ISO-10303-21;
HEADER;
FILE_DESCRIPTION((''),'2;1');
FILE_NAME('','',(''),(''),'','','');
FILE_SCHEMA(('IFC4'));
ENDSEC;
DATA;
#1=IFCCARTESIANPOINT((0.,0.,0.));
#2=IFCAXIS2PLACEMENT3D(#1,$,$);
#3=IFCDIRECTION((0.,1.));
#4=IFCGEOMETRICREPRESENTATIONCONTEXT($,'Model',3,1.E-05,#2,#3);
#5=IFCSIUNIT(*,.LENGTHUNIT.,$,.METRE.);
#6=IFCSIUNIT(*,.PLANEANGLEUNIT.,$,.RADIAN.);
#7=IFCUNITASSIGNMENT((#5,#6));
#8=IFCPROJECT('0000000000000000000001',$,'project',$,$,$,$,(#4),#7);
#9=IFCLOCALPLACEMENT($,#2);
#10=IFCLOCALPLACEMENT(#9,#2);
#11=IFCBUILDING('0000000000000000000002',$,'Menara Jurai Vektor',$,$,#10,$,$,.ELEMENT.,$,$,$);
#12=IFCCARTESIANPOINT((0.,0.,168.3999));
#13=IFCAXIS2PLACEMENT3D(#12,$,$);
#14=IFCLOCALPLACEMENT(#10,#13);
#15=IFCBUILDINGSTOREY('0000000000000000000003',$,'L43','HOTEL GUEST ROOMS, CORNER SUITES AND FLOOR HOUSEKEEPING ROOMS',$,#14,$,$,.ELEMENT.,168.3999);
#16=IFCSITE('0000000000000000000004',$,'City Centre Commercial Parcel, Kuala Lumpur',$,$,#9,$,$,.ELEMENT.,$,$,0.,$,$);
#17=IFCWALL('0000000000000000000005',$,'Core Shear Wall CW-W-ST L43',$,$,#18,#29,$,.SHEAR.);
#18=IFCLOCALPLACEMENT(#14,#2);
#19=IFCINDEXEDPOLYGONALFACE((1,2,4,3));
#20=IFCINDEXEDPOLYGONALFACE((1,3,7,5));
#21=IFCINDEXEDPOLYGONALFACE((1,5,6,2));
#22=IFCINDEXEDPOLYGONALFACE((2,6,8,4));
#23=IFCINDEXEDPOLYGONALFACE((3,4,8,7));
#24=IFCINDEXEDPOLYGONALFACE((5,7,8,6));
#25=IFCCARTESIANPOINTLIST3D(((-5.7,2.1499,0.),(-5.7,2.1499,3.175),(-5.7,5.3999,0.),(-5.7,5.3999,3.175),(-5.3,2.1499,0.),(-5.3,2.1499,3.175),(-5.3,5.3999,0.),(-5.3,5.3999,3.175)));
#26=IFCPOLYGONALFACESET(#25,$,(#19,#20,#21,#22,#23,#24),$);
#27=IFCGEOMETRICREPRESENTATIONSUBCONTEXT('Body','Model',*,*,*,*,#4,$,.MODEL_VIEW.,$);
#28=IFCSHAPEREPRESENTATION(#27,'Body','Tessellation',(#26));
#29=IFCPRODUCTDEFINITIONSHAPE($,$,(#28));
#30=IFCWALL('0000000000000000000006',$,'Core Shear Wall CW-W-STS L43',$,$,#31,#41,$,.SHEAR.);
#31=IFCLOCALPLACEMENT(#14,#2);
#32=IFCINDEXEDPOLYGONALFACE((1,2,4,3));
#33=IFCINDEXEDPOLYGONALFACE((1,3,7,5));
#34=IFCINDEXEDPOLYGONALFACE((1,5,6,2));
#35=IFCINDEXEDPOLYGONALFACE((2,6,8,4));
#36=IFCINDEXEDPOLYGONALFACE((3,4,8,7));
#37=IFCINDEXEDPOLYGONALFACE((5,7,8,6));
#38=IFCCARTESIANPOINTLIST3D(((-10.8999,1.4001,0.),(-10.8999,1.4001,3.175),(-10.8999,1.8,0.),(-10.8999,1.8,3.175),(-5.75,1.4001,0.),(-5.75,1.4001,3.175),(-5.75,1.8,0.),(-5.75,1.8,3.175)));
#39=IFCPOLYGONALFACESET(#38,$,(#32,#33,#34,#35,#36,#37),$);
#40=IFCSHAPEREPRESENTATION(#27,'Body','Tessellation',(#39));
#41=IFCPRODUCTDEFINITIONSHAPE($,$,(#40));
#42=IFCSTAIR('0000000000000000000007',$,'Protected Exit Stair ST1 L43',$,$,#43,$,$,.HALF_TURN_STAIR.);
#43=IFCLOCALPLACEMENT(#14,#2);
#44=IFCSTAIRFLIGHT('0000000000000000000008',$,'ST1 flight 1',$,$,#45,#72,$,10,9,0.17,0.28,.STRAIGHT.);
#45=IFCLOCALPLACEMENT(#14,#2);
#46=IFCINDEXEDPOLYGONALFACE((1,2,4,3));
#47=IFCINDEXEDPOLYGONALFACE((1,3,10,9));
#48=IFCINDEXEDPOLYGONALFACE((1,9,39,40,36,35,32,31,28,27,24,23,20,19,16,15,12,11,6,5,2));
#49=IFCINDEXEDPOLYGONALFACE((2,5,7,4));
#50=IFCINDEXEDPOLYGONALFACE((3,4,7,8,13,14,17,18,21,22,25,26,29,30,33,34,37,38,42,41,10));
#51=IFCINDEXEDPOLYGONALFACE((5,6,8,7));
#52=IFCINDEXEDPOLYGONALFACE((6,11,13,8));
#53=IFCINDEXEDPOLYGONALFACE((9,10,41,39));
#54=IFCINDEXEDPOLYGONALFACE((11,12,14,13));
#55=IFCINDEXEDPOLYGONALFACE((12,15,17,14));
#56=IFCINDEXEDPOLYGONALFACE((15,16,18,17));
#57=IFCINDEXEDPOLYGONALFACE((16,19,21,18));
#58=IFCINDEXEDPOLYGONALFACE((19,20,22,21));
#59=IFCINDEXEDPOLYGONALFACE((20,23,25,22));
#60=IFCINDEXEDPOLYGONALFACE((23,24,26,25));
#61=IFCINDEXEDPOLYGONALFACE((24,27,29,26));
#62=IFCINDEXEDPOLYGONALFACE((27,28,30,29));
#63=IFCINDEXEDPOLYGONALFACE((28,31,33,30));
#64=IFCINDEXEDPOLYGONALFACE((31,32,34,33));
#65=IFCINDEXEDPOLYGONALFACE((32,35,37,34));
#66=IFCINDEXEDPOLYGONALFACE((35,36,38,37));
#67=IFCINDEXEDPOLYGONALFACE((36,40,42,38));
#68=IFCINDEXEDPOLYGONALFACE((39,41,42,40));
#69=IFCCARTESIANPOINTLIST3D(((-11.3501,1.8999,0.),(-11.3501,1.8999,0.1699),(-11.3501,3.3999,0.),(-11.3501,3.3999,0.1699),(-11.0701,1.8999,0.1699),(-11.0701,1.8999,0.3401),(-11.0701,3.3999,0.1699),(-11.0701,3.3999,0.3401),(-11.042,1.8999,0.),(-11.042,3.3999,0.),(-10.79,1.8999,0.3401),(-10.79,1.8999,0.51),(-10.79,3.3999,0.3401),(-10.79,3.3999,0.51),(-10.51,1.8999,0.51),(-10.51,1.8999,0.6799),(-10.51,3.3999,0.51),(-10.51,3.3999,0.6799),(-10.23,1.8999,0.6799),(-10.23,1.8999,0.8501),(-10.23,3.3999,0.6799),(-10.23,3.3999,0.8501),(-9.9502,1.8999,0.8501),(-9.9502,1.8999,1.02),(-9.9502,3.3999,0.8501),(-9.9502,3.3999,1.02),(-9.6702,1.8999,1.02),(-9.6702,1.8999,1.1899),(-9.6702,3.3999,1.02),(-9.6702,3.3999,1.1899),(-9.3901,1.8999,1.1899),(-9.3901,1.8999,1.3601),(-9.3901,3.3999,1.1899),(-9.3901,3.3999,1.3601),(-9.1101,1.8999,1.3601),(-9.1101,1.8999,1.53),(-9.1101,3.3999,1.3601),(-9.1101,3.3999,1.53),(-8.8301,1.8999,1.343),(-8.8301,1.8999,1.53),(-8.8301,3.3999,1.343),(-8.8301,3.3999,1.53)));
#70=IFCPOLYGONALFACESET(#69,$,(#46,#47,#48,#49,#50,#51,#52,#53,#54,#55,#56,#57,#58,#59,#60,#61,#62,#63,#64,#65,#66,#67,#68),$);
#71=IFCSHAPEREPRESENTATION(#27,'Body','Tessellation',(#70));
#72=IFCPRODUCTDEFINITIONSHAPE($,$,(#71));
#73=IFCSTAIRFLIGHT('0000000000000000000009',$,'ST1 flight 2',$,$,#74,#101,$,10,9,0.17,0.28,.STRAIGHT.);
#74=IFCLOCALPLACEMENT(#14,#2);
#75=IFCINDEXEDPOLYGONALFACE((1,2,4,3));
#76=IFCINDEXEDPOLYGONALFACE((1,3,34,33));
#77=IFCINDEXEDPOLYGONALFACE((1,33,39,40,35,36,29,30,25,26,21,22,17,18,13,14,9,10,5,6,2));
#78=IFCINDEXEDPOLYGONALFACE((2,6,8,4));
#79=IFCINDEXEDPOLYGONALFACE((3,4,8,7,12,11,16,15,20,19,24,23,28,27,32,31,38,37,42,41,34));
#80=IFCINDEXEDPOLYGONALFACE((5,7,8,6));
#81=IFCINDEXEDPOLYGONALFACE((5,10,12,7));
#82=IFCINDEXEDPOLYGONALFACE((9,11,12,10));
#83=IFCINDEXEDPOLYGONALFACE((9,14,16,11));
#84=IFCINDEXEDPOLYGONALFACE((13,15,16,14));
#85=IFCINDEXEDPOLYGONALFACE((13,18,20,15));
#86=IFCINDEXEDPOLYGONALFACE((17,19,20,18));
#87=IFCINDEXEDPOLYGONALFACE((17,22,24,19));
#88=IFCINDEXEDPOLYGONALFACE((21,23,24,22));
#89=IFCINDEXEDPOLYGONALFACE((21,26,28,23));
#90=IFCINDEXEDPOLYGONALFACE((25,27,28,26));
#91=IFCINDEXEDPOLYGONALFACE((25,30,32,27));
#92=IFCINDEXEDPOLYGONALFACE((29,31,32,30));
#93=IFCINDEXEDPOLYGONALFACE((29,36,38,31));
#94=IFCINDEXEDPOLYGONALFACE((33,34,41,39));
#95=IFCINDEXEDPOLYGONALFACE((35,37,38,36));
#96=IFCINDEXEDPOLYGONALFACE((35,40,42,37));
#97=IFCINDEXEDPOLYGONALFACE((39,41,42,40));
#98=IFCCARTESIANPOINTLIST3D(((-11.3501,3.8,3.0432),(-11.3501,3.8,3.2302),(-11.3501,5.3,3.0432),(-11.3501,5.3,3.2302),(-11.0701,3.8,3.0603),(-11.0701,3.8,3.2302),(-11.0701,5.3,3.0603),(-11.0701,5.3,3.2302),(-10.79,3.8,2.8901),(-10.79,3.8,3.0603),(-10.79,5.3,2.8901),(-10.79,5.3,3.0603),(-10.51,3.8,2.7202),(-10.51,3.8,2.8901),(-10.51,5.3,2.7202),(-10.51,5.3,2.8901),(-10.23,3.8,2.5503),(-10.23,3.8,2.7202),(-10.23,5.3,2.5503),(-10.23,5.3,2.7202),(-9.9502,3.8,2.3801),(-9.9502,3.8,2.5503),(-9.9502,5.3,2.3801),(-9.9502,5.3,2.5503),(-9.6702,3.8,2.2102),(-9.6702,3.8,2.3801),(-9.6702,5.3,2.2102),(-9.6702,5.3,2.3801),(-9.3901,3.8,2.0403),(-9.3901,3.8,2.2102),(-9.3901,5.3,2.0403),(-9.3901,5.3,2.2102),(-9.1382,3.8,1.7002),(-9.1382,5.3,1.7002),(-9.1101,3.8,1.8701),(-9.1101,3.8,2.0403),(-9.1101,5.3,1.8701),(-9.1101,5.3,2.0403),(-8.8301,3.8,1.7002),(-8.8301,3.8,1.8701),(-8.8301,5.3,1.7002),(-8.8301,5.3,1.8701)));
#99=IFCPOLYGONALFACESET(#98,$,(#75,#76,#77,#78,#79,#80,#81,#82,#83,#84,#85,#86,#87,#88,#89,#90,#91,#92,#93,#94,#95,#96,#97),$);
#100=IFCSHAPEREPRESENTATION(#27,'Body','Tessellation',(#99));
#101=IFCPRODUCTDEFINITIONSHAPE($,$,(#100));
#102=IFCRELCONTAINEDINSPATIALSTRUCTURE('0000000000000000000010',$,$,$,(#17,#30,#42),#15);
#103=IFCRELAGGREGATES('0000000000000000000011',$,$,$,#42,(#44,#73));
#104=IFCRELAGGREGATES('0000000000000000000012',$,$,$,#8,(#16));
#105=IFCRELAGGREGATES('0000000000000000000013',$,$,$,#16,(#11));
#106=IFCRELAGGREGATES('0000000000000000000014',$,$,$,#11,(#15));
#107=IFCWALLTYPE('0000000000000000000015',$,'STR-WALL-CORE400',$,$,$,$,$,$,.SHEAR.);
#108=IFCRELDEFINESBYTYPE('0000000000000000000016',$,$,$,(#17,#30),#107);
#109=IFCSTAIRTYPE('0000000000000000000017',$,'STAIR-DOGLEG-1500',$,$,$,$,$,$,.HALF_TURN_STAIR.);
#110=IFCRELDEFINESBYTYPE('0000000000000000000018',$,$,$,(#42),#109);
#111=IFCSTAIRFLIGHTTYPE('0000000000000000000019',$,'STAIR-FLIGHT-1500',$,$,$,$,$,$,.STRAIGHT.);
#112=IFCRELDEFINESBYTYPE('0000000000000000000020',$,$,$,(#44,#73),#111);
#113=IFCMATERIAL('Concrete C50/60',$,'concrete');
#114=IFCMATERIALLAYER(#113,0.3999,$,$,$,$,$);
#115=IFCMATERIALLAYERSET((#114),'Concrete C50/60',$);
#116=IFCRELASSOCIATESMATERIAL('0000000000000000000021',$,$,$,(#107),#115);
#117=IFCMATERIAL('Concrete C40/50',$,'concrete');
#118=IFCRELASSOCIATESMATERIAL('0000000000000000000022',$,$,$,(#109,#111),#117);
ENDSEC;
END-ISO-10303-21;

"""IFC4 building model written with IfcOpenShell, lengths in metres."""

from ifc_helpers import new_model, si_unit, direction, frame, frame_2d, origin, place, context, subcontext, project, spatial, polyline, rectangle, outline, extrude, material, layer, layer_set, type_object, element, aggregate, save


model = new_model("IFC4")

# Units and contexts
model_context = context("Model", 3, precision=1e-05, world=origin(), true_north=direction((0.0, 1.0)))
body_context = subcontext(model_context, "Body", "Model", "MODEL_VIEW")
ifc_project = project(units=[si_unit("LENGTHUNIT", "METRE"), si_unit("PLANEANGLEUNIT", "RADIAN")], contexts=[model_context])

# Site, building, storey
site_placement = place(None, origin())
site = spatial("IfcSite", under=ifc_project, at=site_placement, Name="City Centre Commercial Parcel, Kuala Lumpur", CompositionType="ELEMENT", RefElevation=0.0)
building_placement = place(site_placement, origin())
building = spatial("IfcBuilding", under=site, at=building_placement, Name="Menara Jurai Vektor", CompositionType="ELEMENT")
storey_placement = place(building_placement, frame((0.0, 0.0, 168.3999)))
storey = spatial("IfcBuildingStorey", under=building, at=storey_placement, Name="L43", Description="HOTEL GUEST ROOMS, CORNER SUITES AND FLOOR HOUSEKEEPING ROOMS", CompositionType="ELEMENT", Elevation=168.3999)

# Shared definitions
ifc_material_1 = material(Name="Concrete C50/60", Category="concrete")

# Shared definitions
ifc_material_2 = material(Name="Concrete C40/50", Category="concrete")

# Walls
ifc_layer_1 = layer(ifc_material_1, 0.3999)
ifc_layer_set_1 = layer_set([ifc_layer_1], Name="Concrete C50/60")
wall_type_1 = type_object("IfcWallType", Name="STR-WALL-CORE400", PredefinedType="SHEAR", material=ifc_layer_set_1)
wall_1_placement = place(storey_placement, frame((-5.5, 2.1499, 0.0), z_axis=(0.0, 0.0, 1.0), x_axis=(0.0, 1.0, 0.0)))
element("IfcWall", 1, at=wall_1_placement, inside=storey, type_object=wall_type_1, Name="Core Shear Wall CW-W-ST L43", PredefinedType="SHEAR", context=body_context, shape_type="SweptSolid", body=[
    extrude(rectangle(XDim=3.25, YDim=0.3999, at=frame_2d((1.625, 0.0))), origin(), (0.0, 0.0, 1.0), 3.175),
])
wall_2_placement = place(storey_placement, frame((-10.8999, 1.6001, 0.0), z_axis=(0.0, 0.0, 1.0), x_axis=(1.0, 0.0, 0.0)))
element("IfcWall", 2, at=wall_2_placement, inside=storey, type_object=wall_type_1, Name="Core Shear Wall CW-W-STS L43", PredefinedType="SHEAR", context=body_context, shape_type="SweptSolid", body=[
    extrude(rectangle(XDim=5.1499, YDim=0.3999, at=frame_2d((2.575, 0.0))), origin(), (0.0, 0.0, 1.0), 3.175),
])

# Stair, stair flights
stair_type = type_object("IfcStairType", Name="STAIR-DOGLEG-1500", PredefinedType="HALF_TURN_STAIR", material=ifc_material_2)
stair_placement = place(storey_placement, origin())
stair = element("IfcStair", 3, at=stair_placement, inside=storey, type_object=stair_type, Name="Protected Exit Stair ST1 L43", PredefinedType="HALF_TURN_STAIR")
stair_flight_type = type_object("IfcStairFlightType", Name="STAIR-FLIGHT-1500", PredefinedType="STRAIGHT", material=ifc_material_2)
stair_flight_1_placement = place(storey_placement, frame((-11.3501, 2.6499, 0.0), z_axis=(0.0, 0.0, 1.0), x_axis=(1.0, 0.0, 0.0)))
stair_flight_1 = element("IfcStairFlight", 4, at=stair_flight_1_placement, type_object=stair_flight_type, Name="ST1 flight 1", NumberOfRisers=10, NumberOfTreads=9, PredefinedType="STRAIGHT", RiserHeight=0.17, TreadLength=0.28, context=body_context, shape_type="SweptSolid", body=[
    extrude(outline(polyline([(0.0, 0.0), (0.0, 0.1699), (0.28, 0.1699), (0.28, 0.3401), (0.5601, 0.3401), (0.5601, 0.51), (0.8401, 0.51), (0.8401, 0.6799), (1.1201, 0.6799), (1.1201, 0.8501), (1.3999, 0.8501), (1.3999, 1.02), (1.6799, 1.02), (1.6799, 1.1899), (1.96, 1.1899), (1.96, 1.3601), (2.24, 1.3601), (2.24, 1.53), (2.52, 1.53), (2.52, 1.7), (2.52, 1.343), (0.3081, 0.0), (0.0, 0.0)])), frame((0.0, 0.75, 0.0), z_axis=(0.0, -1.0, 0.0), x_axis=(1.0, 0.0, 0.0)), (0.0, 0.0, 1.0), 1.5),
])
stair_flight_2_placement = place(storey_placement, frame((-8.8301, 4.55, 1.7002), z_axis=(0.0, 0.0, 1.0), x_axis=(-1.0, 0.0, 0.0)))
stair_flight_2 = element("IfcStairFlight", 5, at=stair_flight_2_placement, type_object=stair_flight_type, Name="ST1 flight 2", NumberOfRisers=10, NumberOfTreads=9, PredefinedType="STRAIGHT", RiserHeight=0.17, TreadLength=0.28, context=body_context, shape_type="SweptSolid", body=[
    extrude(outline(polyline([(0.0, 0.0), (0.0, 0.1699), (0.28, 0.1699), (0.28, 0.3401), (0.5601, 0.3401), (0.5601, 0.51), (0.8401, 0.51), (0.8401, 0.6799), (1.1201, 0.6799), (1.1201, 0.8501), (1.3999, 0.8501), (1.3999, 1.02), (1.6799, 1.02), (1.6799, 1.1899), (1.96, 1.1899), (1.96, 1.3601), (2.24, 1.3601), (2.24, 1.53), (2.52, 1.53), (2.52, 1.7), (2.52, 1.343), (0.3081, 0.0), (0.0, 0.0)])), frame((0.0, 0.75, 0.0), z_axis=(0.0, -1.0, 0.0), x_axis=(1.0, 0.0, 0.0)), (0.0, 0.0, 1.0), 1.5),
])
aggregate(stair, [stair_flight_1, stair_flight_2])

save(model, "model.ifc")
